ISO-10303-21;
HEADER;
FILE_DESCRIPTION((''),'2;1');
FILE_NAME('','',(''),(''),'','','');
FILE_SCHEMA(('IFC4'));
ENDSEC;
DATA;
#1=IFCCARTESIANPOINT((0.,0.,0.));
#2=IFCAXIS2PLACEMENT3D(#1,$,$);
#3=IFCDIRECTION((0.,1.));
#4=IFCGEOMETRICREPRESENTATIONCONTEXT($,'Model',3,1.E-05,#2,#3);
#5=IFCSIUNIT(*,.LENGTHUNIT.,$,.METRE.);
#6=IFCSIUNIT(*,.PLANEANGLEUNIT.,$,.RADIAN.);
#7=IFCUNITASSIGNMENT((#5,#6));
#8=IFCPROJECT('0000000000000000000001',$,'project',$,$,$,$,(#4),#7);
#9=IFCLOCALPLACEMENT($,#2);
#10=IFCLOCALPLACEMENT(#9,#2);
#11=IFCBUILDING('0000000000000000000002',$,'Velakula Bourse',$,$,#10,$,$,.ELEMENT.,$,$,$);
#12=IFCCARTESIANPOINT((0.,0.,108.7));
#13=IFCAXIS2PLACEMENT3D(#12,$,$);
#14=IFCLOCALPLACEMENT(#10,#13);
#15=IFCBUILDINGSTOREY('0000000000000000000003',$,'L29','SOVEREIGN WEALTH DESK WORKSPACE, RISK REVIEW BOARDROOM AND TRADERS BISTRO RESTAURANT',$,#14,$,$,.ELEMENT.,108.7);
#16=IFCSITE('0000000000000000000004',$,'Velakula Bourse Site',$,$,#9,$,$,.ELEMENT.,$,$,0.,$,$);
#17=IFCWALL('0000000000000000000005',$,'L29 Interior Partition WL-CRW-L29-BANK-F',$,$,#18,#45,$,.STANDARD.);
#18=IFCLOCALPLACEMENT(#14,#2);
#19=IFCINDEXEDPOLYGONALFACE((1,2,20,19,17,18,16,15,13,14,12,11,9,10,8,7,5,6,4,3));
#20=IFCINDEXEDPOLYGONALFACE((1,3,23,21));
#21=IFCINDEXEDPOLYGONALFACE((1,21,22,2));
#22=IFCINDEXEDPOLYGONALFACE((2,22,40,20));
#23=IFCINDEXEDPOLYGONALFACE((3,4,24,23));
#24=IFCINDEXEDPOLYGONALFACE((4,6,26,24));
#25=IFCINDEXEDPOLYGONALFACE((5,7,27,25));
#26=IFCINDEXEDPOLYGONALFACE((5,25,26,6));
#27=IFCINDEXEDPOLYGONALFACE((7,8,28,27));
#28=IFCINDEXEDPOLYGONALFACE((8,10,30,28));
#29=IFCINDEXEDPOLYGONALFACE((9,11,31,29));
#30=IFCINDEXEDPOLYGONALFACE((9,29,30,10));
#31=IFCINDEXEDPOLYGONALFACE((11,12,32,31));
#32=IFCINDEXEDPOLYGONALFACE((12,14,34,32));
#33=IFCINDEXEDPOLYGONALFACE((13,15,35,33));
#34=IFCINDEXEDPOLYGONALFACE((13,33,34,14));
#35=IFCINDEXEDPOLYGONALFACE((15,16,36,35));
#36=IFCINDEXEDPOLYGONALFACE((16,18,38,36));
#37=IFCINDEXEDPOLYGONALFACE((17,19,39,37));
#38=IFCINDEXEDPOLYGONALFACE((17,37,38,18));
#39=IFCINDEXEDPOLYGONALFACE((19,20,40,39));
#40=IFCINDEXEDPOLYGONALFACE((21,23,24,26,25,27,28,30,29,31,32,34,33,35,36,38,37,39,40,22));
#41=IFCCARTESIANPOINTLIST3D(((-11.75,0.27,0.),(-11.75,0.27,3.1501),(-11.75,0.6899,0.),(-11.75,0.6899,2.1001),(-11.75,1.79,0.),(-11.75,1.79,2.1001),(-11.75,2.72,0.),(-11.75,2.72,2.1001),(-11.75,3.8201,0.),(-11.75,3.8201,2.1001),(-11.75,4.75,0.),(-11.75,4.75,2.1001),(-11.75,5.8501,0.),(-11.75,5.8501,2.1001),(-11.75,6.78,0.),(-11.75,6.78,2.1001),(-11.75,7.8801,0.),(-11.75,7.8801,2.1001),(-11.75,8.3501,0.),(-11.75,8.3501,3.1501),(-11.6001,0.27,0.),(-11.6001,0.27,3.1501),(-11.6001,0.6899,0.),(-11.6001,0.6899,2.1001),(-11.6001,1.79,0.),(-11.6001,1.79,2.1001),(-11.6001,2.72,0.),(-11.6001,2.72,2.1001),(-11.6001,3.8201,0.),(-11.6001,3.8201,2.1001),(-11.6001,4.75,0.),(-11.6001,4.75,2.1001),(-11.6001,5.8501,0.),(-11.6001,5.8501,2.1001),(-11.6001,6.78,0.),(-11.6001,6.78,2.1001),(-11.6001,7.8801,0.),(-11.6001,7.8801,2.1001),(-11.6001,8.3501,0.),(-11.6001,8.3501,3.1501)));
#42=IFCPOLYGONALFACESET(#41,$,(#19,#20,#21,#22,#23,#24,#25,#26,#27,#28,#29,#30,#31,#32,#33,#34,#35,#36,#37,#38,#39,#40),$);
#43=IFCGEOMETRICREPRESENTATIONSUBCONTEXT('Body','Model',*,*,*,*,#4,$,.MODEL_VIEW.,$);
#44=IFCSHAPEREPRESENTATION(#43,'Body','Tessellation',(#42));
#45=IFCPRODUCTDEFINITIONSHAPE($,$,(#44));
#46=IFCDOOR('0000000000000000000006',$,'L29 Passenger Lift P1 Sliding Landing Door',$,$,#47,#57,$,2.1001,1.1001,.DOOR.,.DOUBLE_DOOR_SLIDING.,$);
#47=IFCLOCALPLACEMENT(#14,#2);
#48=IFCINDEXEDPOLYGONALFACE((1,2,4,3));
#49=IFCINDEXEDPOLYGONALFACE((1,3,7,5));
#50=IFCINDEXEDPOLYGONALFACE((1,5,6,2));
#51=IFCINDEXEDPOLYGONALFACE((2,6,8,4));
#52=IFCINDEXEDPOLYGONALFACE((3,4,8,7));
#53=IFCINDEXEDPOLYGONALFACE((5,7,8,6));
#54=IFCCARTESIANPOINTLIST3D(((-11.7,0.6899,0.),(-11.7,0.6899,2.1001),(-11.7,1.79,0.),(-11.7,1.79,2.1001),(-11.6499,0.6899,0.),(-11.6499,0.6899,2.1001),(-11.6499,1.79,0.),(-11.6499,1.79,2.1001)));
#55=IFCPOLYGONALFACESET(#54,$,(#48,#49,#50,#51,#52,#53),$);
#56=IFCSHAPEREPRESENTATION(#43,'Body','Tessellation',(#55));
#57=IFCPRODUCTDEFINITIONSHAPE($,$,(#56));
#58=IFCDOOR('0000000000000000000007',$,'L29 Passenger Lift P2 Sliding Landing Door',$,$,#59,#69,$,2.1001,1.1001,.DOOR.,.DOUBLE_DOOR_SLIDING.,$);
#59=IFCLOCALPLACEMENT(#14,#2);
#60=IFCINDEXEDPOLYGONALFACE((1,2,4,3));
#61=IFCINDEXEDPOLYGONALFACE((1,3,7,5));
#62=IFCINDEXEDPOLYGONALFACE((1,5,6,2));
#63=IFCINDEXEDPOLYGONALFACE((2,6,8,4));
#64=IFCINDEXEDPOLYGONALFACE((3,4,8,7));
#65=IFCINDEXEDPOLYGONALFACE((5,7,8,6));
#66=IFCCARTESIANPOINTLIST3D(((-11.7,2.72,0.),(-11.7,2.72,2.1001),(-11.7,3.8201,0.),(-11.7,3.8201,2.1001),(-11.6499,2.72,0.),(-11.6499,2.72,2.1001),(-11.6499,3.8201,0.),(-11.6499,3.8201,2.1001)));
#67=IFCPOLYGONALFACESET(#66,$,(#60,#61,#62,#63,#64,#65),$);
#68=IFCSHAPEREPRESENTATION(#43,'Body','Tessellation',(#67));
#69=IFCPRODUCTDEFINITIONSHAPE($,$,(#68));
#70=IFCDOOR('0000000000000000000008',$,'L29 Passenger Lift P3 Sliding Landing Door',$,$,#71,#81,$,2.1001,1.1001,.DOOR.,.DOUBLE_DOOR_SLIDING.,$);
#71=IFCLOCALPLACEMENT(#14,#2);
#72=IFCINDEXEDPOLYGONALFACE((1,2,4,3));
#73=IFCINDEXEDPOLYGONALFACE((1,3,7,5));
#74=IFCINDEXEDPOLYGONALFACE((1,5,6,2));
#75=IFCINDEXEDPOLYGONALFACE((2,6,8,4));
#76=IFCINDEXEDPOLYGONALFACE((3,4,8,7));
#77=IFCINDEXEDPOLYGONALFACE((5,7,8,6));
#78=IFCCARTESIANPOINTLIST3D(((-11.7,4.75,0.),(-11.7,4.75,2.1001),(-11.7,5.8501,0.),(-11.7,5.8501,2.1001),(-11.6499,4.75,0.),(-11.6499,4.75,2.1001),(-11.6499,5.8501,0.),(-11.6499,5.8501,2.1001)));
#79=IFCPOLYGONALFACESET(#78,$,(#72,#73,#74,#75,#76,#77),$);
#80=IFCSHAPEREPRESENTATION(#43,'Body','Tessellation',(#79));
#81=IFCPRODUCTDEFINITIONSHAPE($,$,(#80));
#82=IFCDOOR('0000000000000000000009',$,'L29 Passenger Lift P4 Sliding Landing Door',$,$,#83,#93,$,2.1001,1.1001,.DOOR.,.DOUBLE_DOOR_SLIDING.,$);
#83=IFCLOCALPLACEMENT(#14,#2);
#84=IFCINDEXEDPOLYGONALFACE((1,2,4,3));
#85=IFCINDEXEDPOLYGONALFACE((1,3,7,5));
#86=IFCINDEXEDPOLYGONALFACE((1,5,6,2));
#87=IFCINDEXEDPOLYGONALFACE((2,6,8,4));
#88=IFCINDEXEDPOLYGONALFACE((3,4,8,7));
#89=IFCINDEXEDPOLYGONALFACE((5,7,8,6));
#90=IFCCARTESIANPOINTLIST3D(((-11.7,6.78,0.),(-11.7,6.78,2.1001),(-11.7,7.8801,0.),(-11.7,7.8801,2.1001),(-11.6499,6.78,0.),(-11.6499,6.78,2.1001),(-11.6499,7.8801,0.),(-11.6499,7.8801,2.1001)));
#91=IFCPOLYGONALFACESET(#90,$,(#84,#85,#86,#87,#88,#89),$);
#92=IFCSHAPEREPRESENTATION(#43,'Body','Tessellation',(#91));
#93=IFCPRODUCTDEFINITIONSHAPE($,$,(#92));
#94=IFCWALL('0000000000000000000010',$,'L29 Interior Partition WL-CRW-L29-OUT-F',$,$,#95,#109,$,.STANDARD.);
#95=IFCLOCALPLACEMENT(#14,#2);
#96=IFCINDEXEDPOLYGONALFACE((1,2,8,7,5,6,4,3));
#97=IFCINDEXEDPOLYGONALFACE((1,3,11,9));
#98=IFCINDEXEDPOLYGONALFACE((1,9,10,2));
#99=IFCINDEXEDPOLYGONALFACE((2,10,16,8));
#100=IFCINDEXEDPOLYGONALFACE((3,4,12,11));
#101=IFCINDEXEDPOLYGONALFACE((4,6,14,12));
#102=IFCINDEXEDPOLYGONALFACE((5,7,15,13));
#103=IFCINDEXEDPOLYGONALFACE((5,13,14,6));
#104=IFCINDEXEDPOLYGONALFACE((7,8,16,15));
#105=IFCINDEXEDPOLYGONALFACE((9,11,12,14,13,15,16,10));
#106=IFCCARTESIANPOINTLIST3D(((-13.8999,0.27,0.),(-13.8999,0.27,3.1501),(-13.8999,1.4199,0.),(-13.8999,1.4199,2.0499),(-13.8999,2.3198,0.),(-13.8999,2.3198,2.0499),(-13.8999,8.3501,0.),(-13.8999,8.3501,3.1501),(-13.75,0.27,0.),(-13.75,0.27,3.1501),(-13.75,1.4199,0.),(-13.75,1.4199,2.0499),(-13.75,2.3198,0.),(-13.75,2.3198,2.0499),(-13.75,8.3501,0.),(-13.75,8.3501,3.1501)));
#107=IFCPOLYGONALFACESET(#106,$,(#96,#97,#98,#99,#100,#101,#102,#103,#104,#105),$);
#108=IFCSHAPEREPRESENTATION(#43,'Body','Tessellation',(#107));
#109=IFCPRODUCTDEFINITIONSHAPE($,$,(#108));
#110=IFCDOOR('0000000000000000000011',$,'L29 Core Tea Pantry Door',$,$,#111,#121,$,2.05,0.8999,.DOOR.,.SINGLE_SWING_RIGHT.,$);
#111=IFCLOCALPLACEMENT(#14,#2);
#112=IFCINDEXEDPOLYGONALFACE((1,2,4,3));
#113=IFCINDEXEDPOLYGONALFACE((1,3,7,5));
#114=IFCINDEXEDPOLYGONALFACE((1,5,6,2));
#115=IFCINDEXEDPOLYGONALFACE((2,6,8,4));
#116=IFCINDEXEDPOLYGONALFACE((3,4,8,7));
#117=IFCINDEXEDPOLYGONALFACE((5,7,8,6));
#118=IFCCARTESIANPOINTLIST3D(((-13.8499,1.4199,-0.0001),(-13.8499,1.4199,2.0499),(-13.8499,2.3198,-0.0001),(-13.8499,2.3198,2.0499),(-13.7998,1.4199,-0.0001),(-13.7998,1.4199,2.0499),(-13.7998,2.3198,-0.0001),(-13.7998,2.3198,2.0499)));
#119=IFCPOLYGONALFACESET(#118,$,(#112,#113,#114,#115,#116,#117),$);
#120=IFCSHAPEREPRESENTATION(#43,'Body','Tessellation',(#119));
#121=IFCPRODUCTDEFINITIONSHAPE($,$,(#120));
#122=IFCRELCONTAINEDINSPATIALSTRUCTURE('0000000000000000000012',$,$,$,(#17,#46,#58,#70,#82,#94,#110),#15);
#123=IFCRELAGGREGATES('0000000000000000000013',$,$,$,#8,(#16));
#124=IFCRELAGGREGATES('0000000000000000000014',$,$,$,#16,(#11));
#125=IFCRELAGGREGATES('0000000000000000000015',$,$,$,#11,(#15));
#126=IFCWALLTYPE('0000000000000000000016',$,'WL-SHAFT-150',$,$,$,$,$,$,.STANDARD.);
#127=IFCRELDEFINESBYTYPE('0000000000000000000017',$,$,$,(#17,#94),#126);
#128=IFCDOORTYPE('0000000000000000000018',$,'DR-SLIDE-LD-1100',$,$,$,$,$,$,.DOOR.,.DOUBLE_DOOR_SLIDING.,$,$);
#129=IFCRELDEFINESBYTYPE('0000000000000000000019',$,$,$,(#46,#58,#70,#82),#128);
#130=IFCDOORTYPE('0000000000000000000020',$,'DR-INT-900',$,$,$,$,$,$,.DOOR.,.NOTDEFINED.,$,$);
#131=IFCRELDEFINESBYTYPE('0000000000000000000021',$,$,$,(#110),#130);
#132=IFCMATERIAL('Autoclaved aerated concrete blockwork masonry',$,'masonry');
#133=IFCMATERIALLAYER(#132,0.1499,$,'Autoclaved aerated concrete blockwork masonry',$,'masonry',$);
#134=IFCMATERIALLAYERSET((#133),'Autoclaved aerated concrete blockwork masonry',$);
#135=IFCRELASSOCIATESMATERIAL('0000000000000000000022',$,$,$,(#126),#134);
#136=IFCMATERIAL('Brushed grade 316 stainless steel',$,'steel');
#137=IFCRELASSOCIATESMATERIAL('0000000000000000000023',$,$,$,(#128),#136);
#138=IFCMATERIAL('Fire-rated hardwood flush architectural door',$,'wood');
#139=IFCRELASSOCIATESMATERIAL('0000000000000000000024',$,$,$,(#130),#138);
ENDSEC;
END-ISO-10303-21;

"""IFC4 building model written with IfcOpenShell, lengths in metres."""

from ifc_helpers import new_model, si_unit, direction, frame, frame_2d, origin, place, context, subcontext, project, spatial, rectangle, extrude, material, layer, layer_set, type_object, element, fill, save


model = new_model("IFC4")

# Units and contexts
model_context = context("Model", 3, precision=1e-05, world=origin(), true_north=direction((0.0, 1.0)))
body_context = subcontext(model_context, "Body", "Model", "MODEL_VIEW")
ifc_project = project(units=[si_unit("LENGTHUNIT", "METRE"), si_unit("PLANEANGLEUNIT", "RADIAN")], contexts=[model_context])

# Site, building, storey
site_placement = place(None, origin())
site = spatial("IfcSite", under=ifc_project, at=site_placement, Name="Velakula Bourse Site", CompositionType="ELEMENT", RefElevation=0.0)
building_placement = place(site_placement, origin())
building = spatial("IfcBuilding", under=site, at=building_placement, Name="Velakula Bourse", CompositionType="ELEMENT")
storey_placement = place(building_placement, frame((0.0, 0.0, 108.7)))
storey = spatial("IfcBuildingStorey", under=building, at=storey_placement, Name="L29", Description="SOVEREIGN WEALTH DESK WORKSPACE, RISK REVIEW BOARDROOM AND TRADERS BISTRO RESTAURANT", CompositionType="ELEMENT", Elevation=108.7)

# Shared definitions
ifc_material_1 = material(Name="Fire-rated hardwood flush architectural door", Category="wood")

# Shared definitions
ifc_material_2 = material(Name="Autoclaved aerated concrete blockwork masonry", Category="masonry")
ifc_layer_1 = layer(ifc_material_2, 0.1499, Name="Autoclaved aerated concrete blockwork masonry", Category="masonry")
ifc_layer_set_1 = layer_set([ifc_layer_1], Name="Autoclaved aerated concrete blockwork masonry")
wall_type_1 = type_object("IfcWallType", Name="WL-SHAFT-150", PredefinedType="STANDARD", material=ifc_layer_set_1)

# Wall, openings, doors
wall_1_placement = place(storey_placement, frame((-11.675, 0.27, 0.0), z_axis=(0.0, 0.0, 1.0), x_axis=(0.0, 1.0, 0.0)))
wall_1 = element("IfcWall", 1, at=wall_1_placement, inside=storey, type_object=wall_type_1, Name="L29 Interior Partition WL-CRW-L29-BANK-F", PredefinedType="STANDARD", context=body_context, shape_type="SweptSolid", body=[
    extrude(rectangle(XDim=8.0801, YDim=0.1499, at=frame_2d((4.04, 0.0))), origin(), (0.0, 0.0, 1.0), 3.1501),
])
opening_1_placement = place(wall_1_placement, frame((0.4199, 0.0, 0.0)))
opening_1 = element("IfcOpeningElement", 2, at=opening_1_placement, cuts=wall_1, PredefinedType="OPENING", context=body_context, shape_type="SweptSolid", body=[
    extrude(rectangle(XDim=1.1001, YDim=2.1001, at=frame_2d((0.55, 1.05))), frame((0.0, 0.085, 0.0), z_axis=(0.0, -1.0, 0.0), x_axis=(1.0, 0.0, 0.0)), (0.0, 0.0, 1.0), 0.1699),
])
opening_2_placement = place(wall_1_placement, frame((2.45, 0.0, 0.0)))
opening_2 = element("IfcOpeningElement", 3, at=opening_2_placement, cuts=wall_1, PredefinedType="OPENING", context=body_context, shape_type="SweptSolid", body=[
    extrude(rectangle(XDim=1.1001, YDim=2.1001, at=frame_2d((0.55, 1.05))), frame((0.0, 0.085, 0.0), z_axis=(0.0, -1.0, 0.0), x_axis=(1.0, 0.0, 0.0)), (0.0, 0.0, 1.0), 0.1699),
])
opening_3_placement = place(wall_1_placement, frame((4.48, 0.0, 0.0)))
opening_3 = element("IfcOpeningElement", 4, at=opening_3_placement, cuts=wall_1, PredefinedType="OPENING", context=body_context, shape_type="SweptSolid", body=[
    extrude(rectangle(XDim=1.1001, YDim=2.1001, at=frame_2d((0.55, 1.05))), frame((0.0, 0.085, 0.0), z_axis=(0.0, -1.0, 0.0), x_axis=(1.0, 0.0, 0.0)), (0.0, 0.0, 1.0), 0.1699),
])
opening_4_placement = place(wall_1_placement, frame((6.51, 0.0, 0.0)))
opening_4 = element("IfcOpeningElement", 5, at=opening_4_placement, cuts=wall_1, PredefinedType="OPENING", context=body_context, shape_type="SweptSolid", body=[
    extrude(rectangle(XDim=1.1001, YDim=2.1001, at=frame_2d((0.55, 1.05))), frame((0.0, 0.085, 0.0), z_axis=(0.0, -1.0, 0.0), x_axis=(1.0, 0.0, 0.0)), (0.0, 0.0, 1.0), 0.1699),
])
ifc_material_3 = material(Name="Brushed grade 316 stainless steel", Category="steel")
door_type_1 = type_object("IfcDoorType", Name="DR-SLIDE-LD-1100", OperationType="DOUBLE_DOOR_SLIDING", PredefinedType="DOOR", material=ifc_material_3)
door_1_placement = place(opening_1_placement, origin())
door_1 = element("IfcDoor", 6, at=door_1_placement, inside=storey, type_object=door_type_1, Name="L29 Passenger Lift P1 Sliding Landing Door", OperationType="DOUBLE_DOOR_SLIDING", OverallHeight=2.1001, OverallWidth=1.1001, PredefinedType="DOOR", context=body_context, shape_type="SweptSolid", body=[
    extrude(rectangle(XDim=1.1001, YDim=2.1001, at=frame_2d((0.55, 1.05))), frame((0.0, 0.0249, 0.0), z_axis=(0.0, -1.0, 0.0), x_axis=(1.0, 0.0, 0.0)), (0.0, 0.0, 1.0), 0.05),
])
fill(opening_1, door_1)
door_2_placement = place(opening_2_placement, origin())
door_2 = element("IfcDoor", 7, at=door_2_placement, inside=storey, type_object=door_type_1, Name="L29 Passenger Lift P2 Sliding Landing Door", OperationType="DOUBLE_DOOR_SLIDING", OverallHeight=2.1001, OverallWidth=1.1001, PredefinedType="DOOR", context=body_context, shape_type="SweptSolid", body=[
    extrude(rectangle(XDim=1.1001, YDim=2.1001, at=frame_2d((0.55, 1.05))), frame((0.0, 0.0249, 0.0), z_axis=(0.0, -1.0, 0.0), x_axis=(1.0, 0.0, 0.0)), (0.0, 0.0, 1.0), 0.05),
])
fill(opening_2, door_2)
door_3_placement = place(opening_3_placement, origin())
door_3 = element("IfcDoor", 8, at=door_3_placement, inside=storey, type_object=door_type_1, Name="L29 Passenger Lift P3 Sliding Landing Door", OperationType="DOUBLE_DOOR_SLIDING", OverallHeight=2.1001, OverallWidth=1.1001, PredefinedType="DOOR", context=body_context, shape_type="SweptSolid", body=[
    extrude(rectangle(XDim=1.1001, YDim=2.1001, at=frame_2d((0.55, 1.05))), frame((0.0, 0.0249, 0.0), z_axis=(0.0, -1.0, 0.0), x_axis=(1.0, 0.0, 0.0)), (0.0, 0.0, 1.0), 0.05),
])
fill(opening_3, door_3)
door_4_placement = place(opening_4_placement, origin())
door_4 = element("IfcDoor", 9, at=door_4_placement, inside=storey, type_object=door_type_1, Name="L29 Passenger Lift P4 Sliding Landing Door", OperationType="DOUBLE_DOOR_SLIDING", OverallHeight=2.1001, OverallWidth=1.1001, PredefinedType="DOOR", context=body_context, shape_type="SweptSolid", body=[
    extrude(rectangle(XDim=1.1001, YDim=2.1001, at=frame_2d((0.55, 1.05))), frame((0.0, 0.0249, 0.0), z_axis=(0.0, -1.0, 0.0), x_axis=(1.0, 0.0, 0.0)), (0.0, 0.0, 1.0), 0.05),
])
fill(opening_4, door_4)

# Wall, opening, door
wall_2_placement = place(storey_placement, frame((-13.825, 0.27, 0.0), z_axis=(0.0, 0.0, 1.0), x_axis=(0.0, 1.0, 0.0)))
wall_2 = element("IfcWall", 10, at=wall_2_placement, inside=storey, type_object=wall_type_1, Name="L29 Interior Partition WL-CRW-L29-OUT-F", PredefinedType="STANDARD", context=body_context, shape_type="SweptSolid", body=[
    extrude(rectangle(XDim=8.0801, YDim=0.1499, at=frame_2d((4.04, 0.0))), origin(), (0.0, 0.0, 1.0), 3.1501),
])
opening_5_placement = place(wall_2_placement, frame((1.1499, 0.0, 0.0)))
opening_5 = element("IfcOpeningElement", 11, at=opening_5_placement, cuts=wall_2, PredefinedType="OPENING", context=body_context, shape_type="SweptSolid", body=[
    extrude(rectangle(XDim=0.8999, YDim=2.05, at=frame_2d((0.45, 1.0249))), frame((0.0, 0.085, 0.0), z_axis=(0.0, -1.0, 0.0), x_axis=(1.0, 0.0, 0.0)), (0.0, 0.0, 1.0), 0.1699),
])
door_type_2 = type_object("IfcDoorType", Name="DR-INT-900", OperationType="NOTDEFINED", PredefinedType="DOOR", material=ifc_material_1)
door_5_placement = place(opening_5_placement, origin())
door_5 = element("IfcDoor", 12, at=door_5_placement, inside=storey, type_object=door_type_2, Name="L29 Core Tea Pantry Door", OperationType="SINGLE_SWING_RIGHT", OverallHeight=2.05, OverallWidth=0.8999, PredefinedType="DOOR", context=body_context, shape_type="SweptSolid", body=[
    extrude(rectangle(XDim=0.8999, YDim=2.05, at=frame_2d((0.45, 1.0249))), frame((0.0, 0.0249, 0.0), z_axis=(0.0, -1.0, 0.0), x_axis=(1.0, 0.0, 0.0)), (0.0, 0.0, 1.0), 0.05),
])
fill(opening_5, door_5)

save(model, "model.ifc")
